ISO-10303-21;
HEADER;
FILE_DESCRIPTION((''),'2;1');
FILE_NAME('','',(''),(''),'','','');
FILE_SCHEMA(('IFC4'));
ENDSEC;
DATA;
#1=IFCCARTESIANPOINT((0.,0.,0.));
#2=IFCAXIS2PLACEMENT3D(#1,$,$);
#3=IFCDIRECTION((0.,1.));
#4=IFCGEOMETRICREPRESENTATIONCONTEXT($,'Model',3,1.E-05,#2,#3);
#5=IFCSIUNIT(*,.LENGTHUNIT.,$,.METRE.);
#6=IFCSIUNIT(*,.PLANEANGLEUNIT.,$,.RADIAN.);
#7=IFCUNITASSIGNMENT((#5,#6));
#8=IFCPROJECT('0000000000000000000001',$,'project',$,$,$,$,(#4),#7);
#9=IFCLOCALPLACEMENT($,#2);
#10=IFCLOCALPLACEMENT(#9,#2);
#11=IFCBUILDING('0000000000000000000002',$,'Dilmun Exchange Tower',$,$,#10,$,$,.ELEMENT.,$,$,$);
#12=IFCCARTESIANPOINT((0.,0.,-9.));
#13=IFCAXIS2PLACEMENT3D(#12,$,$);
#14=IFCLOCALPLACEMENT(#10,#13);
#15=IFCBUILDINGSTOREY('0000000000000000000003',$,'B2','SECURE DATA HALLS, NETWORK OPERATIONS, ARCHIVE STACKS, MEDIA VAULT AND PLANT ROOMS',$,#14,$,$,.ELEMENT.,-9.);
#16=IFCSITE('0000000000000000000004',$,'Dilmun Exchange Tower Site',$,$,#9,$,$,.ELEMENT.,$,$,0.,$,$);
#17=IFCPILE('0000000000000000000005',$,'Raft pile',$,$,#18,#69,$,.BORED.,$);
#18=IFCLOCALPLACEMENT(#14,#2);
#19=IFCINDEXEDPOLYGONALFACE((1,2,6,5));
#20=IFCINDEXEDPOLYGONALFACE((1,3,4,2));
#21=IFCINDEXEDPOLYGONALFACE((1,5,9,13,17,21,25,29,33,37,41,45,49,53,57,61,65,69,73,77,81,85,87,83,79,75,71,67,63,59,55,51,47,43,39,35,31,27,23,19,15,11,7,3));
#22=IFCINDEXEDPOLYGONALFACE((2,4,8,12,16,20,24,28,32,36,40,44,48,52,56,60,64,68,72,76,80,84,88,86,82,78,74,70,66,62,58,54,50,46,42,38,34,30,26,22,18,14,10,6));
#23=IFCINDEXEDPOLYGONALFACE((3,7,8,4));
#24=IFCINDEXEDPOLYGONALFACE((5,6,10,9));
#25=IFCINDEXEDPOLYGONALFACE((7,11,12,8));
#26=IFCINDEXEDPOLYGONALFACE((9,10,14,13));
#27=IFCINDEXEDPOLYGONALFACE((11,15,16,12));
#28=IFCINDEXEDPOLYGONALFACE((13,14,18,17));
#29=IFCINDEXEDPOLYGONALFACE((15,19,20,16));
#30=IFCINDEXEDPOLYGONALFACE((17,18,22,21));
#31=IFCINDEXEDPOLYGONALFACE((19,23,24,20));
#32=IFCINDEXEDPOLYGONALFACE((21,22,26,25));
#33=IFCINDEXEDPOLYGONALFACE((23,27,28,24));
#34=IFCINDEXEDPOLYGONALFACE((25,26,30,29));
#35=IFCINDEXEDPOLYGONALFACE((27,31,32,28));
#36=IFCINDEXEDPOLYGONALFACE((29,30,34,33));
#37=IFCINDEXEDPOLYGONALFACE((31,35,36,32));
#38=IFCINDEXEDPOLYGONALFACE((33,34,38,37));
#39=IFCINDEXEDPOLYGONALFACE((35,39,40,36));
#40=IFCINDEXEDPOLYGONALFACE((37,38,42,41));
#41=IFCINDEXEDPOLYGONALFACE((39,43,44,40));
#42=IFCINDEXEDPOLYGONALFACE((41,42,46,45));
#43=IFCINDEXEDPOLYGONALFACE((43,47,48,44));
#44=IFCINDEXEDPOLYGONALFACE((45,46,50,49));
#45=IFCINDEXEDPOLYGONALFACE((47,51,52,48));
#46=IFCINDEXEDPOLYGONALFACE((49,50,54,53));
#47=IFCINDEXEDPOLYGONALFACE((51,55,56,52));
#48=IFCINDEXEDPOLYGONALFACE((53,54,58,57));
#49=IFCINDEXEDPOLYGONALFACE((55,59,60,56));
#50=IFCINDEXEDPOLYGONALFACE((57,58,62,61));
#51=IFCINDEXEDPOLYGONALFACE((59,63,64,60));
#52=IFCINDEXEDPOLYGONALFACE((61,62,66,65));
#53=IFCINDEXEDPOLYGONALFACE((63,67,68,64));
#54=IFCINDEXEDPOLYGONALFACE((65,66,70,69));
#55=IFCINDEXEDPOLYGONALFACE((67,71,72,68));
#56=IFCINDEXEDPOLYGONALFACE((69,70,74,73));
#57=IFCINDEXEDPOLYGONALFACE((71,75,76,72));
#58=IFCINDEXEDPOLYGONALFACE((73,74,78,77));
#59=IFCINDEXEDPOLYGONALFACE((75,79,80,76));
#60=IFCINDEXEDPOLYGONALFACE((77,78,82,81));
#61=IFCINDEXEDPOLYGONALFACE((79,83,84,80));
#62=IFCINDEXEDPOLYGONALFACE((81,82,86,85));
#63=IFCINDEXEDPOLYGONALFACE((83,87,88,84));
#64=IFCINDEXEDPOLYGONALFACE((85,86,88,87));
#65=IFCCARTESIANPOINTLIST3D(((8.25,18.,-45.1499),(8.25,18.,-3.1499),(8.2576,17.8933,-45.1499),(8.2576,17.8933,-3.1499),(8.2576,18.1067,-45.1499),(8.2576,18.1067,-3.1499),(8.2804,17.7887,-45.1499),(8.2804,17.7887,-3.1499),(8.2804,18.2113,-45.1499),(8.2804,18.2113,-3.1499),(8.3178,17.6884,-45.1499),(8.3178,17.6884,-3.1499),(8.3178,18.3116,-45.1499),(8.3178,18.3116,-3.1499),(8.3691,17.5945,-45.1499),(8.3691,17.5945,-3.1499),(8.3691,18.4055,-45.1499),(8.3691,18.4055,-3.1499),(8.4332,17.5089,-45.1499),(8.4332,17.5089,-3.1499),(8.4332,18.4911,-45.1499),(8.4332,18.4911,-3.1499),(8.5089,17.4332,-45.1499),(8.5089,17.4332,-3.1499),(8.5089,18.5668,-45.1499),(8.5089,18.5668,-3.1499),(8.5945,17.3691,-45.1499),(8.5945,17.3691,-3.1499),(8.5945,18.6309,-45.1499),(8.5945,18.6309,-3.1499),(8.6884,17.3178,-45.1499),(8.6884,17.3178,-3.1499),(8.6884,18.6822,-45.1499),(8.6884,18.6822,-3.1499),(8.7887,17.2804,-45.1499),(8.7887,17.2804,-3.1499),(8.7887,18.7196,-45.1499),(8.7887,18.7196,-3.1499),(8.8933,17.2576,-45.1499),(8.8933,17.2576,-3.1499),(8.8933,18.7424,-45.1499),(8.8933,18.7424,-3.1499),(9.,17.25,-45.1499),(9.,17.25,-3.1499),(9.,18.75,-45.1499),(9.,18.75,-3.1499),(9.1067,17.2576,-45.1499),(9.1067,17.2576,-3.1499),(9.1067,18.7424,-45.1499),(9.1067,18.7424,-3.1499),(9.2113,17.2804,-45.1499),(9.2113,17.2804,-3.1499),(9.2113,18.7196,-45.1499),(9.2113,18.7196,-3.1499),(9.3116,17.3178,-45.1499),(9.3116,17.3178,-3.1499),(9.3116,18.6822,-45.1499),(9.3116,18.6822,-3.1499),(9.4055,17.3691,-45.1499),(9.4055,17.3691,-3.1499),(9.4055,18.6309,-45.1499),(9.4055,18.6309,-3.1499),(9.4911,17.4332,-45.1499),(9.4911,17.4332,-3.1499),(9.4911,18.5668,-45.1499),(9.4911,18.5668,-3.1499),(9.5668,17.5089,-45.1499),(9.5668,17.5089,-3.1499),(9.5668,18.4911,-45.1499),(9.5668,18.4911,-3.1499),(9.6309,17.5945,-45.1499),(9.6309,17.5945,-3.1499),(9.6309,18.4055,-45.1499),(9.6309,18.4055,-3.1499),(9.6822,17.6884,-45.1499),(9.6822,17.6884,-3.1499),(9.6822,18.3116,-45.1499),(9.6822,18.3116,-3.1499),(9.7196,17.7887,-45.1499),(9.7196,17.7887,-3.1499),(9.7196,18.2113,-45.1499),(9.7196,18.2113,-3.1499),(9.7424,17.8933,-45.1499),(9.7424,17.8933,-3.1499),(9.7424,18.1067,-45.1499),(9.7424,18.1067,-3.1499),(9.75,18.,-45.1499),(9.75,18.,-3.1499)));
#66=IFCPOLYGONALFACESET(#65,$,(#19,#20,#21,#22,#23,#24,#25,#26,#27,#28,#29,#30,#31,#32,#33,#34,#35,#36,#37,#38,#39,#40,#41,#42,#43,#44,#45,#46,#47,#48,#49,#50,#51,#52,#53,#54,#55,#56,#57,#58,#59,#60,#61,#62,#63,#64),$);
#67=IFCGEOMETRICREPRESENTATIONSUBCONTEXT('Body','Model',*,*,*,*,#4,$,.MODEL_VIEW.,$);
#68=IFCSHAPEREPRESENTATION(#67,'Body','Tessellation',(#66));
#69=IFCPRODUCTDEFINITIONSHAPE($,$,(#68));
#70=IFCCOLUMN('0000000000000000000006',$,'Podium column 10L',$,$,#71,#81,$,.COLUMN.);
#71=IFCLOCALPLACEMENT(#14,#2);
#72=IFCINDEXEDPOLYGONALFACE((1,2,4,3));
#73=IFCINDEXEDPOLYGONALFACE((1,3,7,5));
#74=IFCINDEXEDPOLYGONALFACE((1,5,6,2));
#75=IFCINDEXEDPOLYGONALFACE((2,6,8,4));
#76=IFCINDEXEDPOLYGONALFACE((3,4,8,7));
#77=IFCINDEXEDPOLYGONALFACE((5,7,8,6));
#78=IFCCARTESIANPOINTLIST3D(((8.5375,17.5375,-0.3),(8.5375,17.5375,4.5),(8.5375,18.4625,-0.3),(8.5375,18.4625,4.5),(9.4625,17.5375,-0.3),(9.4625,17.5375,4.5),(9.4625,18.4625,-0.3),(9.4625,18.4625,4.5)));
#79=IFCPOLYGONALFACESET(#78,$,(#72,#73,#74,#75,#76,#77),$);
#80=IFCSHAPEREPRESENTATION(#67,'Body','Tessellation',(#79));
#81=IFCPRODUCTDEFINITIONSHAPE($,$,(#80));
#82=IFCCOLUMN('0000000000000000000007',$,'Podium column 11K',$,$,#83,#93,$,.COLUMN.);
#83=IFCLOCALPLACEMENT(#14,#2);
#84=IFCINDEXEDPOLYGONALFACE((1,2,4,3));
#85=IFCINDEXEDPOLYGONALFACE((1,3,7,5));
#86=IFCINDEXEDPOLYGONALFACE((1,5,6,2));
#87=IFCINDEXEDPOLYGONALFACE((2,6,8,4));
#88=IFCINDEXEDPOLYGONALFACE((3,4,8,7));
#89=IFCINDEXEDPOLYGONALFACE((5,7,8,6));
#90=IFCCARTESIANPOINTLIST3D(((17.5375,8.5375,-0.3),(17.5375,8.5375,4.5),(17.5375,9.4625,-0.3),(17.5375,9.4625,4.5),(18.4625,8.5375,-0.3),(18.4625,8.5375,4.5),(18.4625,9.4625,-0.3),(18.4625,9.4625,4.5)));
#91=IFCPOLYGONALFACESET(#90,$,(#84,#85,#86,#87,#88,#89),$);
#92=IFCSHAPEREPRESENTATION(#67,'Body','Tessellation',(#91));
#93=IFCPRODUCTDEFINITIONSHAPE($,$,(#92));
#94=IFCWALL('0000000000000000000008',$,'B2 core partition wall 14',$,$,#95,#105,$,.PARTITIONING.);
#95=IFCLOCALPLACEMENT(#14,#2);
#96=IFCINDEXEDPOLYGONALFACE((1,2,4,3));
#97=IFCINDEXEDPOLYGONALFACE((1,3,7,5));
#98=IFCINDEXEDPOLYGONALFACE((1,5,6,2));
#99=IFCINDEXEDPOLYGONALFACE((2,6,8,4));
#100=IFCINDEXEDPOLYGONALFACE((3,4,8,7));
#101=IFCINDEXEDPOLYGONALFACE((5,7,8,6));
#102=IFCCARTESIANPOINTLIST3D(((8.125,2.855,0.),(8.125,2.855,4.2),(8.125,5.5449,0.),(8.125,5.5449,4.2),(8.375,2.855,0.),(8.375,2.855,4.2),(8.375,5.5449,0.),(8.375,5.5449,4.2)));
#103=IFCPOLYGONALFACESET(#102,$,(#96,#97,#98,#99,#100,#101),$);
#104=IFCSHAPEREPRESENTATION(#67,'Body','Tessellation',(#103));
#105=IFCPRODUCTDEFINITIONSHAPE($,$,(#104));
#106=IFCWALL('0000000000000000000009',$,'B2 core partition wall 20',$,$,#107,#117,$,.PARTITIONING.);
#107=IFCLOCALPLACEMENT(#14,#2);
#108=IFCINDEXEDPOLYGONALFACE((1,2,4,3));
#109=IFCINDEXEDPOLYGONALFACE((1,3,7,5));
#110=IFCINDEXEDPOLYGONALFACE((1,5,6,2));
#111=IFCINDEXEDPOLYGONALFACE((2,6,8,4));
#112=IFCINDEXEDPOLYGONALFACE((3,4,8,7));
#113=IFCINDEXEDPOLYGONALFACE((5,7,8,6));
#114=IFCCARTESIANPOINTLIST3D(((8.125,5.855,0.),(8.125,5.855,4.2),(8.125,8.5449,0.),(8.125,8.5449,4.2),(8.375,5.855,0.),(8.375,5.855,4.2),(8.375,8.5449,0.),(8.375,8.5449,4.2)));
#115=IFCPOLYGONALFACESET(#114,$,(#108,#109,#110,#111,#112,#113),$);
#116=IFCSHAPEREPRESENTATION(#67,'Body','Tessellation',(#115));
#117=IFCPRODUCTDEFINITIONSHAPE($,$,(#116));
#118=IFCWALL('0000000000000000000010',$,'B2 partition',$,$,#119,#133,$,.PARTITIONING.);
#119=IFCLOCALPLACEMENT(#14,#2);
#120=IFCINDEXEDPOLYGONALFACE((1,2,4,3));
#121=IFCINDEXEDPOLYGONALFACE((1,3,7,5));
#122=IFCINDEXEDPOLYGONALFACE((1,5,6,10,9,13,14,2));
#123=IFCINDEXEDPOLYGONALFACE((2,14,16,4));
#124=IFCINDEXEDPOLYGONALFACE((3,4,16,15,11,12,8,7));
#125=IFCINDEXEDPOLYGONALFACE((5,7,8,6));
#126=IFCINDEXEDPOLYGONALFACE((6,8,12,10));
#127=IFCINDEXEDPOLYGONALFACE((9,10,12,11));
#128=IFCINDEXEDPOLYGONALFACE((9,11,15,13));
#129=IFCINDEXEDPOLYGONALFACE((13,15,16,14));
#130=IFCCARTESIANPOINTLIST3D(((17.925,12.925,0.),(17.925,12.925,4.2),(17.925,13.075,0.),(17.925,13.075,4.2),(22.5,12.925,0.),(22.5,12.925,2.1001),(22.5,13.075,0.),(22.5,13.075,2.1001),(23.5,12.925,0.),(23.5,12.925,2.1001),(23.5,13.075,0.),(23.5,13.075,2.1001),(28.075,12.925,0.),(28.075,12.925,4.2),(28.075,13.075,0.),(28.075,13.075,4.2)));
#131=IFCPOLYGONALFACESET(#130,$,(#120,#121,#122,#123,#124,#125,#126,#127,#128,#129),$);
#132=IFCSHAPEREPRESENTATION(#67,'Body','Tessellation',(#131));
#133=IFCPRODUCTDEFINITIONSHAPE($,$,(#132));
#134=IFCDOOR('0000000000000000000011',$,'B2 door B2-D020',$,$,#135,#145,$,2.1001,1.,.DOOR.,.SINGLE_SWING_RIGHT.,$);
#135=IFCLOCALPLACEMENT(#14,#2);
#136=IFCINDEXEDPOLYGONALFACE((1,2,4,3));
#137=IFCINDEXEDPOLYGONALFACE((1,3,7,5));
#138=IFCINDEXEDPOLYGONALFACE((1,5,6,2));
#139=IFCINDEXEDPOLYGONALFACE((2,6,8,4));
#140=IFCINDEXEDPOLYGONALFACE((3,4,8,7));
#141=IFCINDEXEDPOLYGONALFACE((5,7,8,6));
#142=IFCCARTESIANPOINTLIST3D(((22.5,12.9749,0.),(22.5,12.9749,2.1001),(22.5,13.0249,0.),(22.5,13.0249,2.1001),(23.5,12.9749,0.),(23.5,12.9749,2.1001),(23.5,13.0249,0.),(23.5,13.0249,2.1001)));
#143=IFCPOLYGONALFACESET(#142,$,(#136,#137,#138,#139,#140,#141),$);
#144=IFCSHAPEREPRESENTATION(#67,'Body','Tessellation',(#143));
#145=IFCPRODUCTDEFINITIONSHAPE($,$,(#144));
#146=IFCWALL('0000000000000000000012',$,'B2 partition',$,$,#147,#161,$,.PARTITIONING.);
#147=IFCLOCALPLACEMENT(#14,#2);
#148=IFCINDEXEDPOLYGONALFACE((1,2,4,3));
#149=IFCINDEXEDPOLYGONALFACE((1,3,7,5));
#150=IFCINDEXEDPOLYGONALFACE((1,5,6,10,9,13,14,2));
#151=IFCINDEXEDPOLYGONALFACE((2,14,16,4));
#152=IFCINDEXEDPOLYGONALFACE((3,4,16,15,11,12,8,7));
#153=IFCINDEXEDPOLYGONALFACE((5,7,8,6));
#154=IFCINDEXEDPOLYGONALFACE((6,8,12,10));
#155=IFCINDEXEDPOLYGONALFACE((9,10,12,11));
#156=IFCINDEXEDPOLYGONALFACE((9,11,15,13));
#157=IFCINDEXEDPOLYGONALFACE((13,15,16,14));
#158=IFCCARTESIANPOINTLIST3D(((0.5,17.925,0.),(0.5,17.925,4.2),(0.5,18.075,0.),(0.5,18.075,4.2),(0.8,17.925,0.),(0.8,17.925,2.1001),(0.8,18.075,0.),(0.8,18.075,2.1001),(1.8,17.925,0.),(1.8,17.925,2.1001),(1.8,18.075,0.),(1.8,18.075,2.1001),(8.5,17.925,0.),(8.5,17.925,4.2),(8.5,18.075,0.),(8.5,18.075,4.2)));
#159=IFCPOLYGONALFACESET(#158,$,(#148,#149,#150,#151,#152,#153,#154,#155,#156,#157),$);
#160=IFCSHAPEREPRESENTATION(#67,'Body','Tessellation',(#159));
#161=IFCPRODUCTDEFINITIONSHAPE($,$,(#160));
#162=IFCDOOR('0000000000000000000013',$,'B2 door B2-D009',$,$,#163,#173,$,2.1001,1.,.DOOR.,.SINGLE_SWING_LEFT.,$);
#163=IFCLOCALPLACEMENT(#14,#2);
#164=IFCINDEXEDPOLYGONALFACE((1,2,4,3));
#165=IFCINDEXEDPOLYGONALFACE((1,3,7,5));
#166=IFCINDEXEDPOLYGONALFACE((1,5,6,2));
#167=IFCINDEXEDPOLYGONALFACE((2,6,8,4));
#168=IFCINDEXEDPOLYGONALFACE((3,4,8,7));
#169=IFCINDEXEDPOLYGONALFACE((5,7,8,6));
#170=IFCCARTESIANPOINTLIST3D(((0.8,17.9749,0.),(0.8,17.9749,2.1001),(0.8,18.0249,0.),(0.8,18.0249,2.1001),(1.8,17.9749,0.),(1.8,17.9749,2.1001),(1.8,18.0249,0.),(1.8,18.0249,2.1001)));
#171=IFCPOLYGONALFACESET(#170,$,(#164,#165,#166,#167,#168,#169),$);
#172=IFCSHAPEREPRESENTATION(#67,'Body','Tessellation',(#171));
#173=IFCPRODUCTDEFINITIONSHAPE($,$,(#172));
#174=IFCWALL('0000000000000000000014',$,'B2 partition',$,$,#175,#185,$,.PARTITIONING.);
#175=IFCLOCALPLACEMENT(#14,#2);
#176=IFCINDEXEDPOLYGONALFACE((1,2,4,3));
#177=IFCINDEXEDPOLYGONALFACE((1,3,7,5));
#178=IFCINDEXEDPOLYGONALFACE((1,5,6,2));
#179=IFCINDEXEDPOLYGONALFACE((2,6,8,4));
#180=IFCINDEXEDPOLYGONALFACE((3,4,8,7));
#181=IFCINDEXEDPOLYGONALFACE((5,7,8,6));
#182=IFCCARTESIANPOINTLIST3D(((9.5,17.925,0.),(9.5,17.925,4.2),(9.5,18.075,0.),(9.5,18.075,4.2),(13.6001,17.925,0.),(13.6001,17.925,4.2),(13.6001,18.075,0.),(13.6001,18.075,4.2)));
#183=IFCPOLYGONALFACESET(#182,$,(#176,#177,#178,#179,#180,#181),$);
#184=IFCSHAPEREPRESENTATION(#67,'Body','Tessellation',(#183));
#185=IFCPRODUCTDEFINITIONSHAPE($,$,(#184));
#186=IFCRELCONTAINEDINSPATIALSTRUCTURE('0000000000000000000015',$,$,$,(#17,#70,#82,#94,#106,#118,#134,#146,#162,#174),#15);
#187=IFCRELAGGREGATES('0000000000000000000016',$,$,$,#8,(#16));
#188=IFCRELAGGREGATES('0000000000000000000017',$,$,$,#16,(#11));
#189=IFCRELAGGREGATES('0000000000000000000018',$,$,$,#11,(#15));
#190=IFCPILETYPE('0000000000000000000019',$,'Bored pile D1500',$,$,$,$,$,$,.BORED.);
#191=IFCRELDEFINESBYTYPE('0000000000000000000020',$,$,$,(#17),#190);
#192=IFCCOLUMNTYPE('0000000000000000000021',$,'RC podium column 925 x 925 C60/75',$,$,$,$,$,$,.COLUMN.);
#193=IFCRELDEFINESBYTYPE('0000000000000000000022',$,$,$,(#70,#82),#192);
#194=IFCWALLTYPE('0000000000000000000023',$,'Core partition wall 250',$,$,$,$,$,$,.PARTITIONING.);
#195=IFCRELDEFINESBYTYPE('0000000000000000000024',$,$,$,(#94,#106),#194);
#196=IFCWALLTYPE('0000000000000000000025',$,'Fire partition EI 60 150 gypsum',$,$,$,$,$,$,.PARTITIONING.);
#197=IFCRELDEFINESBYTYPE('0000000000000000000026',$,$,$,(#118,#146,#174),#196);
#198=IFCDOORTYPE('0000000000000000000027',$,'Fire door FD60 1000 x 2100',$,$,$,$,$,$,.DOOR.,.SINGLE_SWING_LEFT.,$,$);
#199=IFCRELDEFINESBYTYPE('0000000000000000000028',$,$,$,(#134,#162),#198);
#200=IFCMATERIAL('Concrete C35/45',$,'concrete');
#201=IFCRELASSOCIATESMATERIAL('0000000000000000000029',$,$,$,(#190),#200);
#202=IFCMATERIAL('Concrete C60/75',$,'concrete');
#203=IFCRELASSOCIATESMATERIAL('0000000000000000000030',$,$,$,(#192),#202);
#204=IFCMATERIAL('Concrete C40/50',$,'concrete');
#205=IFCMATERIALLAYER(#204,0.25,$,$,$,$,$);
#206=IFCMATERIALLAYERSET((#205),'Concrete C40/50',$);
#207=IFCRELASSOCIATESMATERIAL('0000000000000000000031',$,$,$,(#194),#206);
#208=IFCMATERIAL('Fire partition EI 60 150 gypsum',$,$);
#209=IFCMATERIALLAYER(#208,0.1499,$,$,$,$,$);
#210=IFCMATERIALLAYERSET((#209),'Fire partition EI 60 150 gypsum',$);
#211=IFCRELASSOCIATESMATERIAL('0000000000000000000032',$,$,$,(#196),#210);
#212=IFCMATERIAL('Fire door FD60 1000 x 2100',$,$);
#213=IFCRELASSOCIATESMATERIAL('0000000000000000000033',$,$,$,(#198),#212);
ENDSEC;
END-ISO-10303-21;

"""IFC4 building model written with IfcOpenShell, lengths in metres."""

from ifc_helpers import new_model, si_unit, direction, frame, frame_2d, origin, origin_2d, place, context, subcontext, project, spatial, rectangle, circle, extrude, material, layer, layer_set, material_profile, profile_set, type_object, element, fill, save


model = new_model("IFC4")

# Units and contexts
model_context = context("Model", 3, precision=1e-05, world=origin(), true_north=direction((0.0, 1.0)))
body_context = subcontext(model_context, "Body", "Model", "MODEL_VIEW")
ifc_project = project(units=[si_unit("LENGTHUNIT", "METRE"), si_unit("PLANEANGLEUNIT", "RADIAN")], contexts=[model_context])

# Site, building, storey
site_placement = place(None, origin())
site = spatial("IfcSite", under=ifc_project, at=site_placement, Name="Dilmun Exchange Tower Site", CompositionType="ELEMENT", RefElevation=0.0)
building_placement = place(site_placement, origin())
building = spatial("IfcBuilding", under=site, at=building_placement, Name="Dilmun Exchange Tower", CompositionType="ELEMENT")
storey_placement = place(building_placement, frame((0.0, 0.0, -9.0)))
storey = spatial("IfcBuildingStorey", under=building, at=storey_placement, Name="B2", Description="SECURE DATA HALLS, NETWORK OPERATIONS, ARCHIVE STACKS, MEDIA VAULT AND PLANT ROOMS", CompositionType="ELEMENT", Elevation=-9.0)

# Pile
ifc_material_1 = material(Name="Concrete C35/45", Category="concrete")
ifc_material_profile_1 = material_profile(ifc_material_1, circle(Radius=0.75, at=origin_2d()), Name="D1500")
ifc_profile_set_1 = profile_set([ifc_material_profile_1], Name="Concrete C35/45")
pile_type = type_object("IfcPileType", Name="Bored pile D1500", PredefinedType="BORED", material=ifc_profile_set_1)
for number, where, z_axis, x_axis, name in (
    (1, (9.0, 18.0, -3.1499), (0.0, 0.0, -1.0), (1.0, 0.0, 0.0), "Raft pile"),
):
    element("IfcPile", number, at=place(storey_placement, frame(where, z_axis=z_axis, x_axis=x_axis)), inside=storey, type_object=pile_type, Name=name, PredefinedType="BORED", context=body_context, shape_type="SweptSolid", body=[
        extrude(circle(Radius=0.75, at=origin_2d()), origin(), (0.0, 0.0, 1.0), 42.0),
    ])

# Columns
ifc_material_2 = material(Name="Concrete C60/75", Category="concrete")
ifc_material_profile_2 = material_profile(ifc_material_2, rectangle(XDim=0.925, YDim=0.925, at=origin_2d()), Name="925 x 925")
ifc_profile_set_2 = profile_set([ifc_material_profile_2], Name="Concrete C60/75")
column_type = type_object("IfcColumnType", Name="RC podium column 925 x 925 C60/75", PredefinedType="COLUMN", material=ifc_profile_set_2)
for number, where, z_axis, x_axis, name in (
    (2, (9.0, 18.0, -0.3), (0.0, 0.0, 1.0), (1.0, 0.0, 0.0), "Podium column 10L"),
    (3, (18.0, 9.0, -0.3), (0.0, 0.0, 1.0), (1.0, 0.0, 0.0), "Podium column 11K"),
):
    element("IfcColumn", number, at=place(storey_placement, frame(where, z_axis=z_axis, x_axis=x_axis)), inside=storey, type_object=column_type, Name=name, PredefinedType="COLUMN", context=body_context, shape_type="SweptSolid", body=[
        extrude(rectangle(XDim=0.925, YDim=0.925, at=origin_2d()), origin(), (0.0, 0.0, 1.0), 4.8),
    ])

# Walls
ifc_material_3 = material(Name="Concrete C40/50", Category="concrete")
ifc_layer_1 = layer(ifc_material_3, 0.25)
ifc_layer_set_1 = layer_set([ifc_layer_1], Name="Concrete C40/50")
wall_type_1 = type_object("IfcWallType", Name="Core partition wall 250", PredefinedType="PARTITIONING", material=ifc_layer_set_1)
for number, where, z_axis, x_axis, name in (
    (4, (8.25, 2.855, 0.0), (0.0, 0.0, 1.0), (0.0, 1.0, 0.0), "B2 core partition wall 14"),
    (5, (8.25, 5.855, 0.0), (0.0, 0.0, 1.0), (0.0, 1.0, 0.0), "B2 core partition wall 20"),
):
    element("IfcWall", number, at=place(storey_placement, frame(where, z_axis=z_axis, x_axis=x_axis)), inside=storey, type_object=wall_type_1, Name=name, PredefinedType="PARTITIONING", context=body_context, shape_type="SweptSolid", body=[
        extrude(rectangle(XDim=2.6899, YDim=0.25, at=frame_2d((1.345, 0.0))), origin(), (0.0, 0.0, 1.0), 4.2),
    ])

# Walls, openings, doors
ifc_material_4 = material(Name="Fire partition EI 60 150 gypsum")
ifc_layer_2 = layer(ifc_material_4, 0.1499)
ifc_layer_set_2 = layer_set([ifc_layer_2], Name="Fire partition EI 60 150 gypsum")
wall_type_2 = type_object("IfcWallType", Name="Fire partition EI 60 150 gypsum", PredefinedType="PARTITIONING", material=ifc_layer_set_2)
wall_1_placement = place(storey_placement, frame((17.925, 13.0, 0.0), z_axis=(0.0, 0.0, 1.0), x_axis=(1.0, 0.0, 0.0)))
wall_1 = element("IfcWall", 6, at=wall_1_placement, inside=storey, type_object=wall_type_2, Name="B2 partition", PredefinedType="PARTITIONING", context=body_context, shape_type="SweptSolid", body=[
    extrude(rectangle(XDim=10.1499, YDim=0.1499, at=frame_2d((5.075, 0.0))), origin(), (0.0, 0.0, 1.0), 4.2),
])
opening_1_placement = place(wall_1_placement, frame((4.575, 0.0, 0.0)))
opening_1 = element("IfcOpeningElement", 7, at=opening_1_placement, cuts=wall_1, PredefinedType="OPENING", context=body_context, shape_type="SweptSolid", body=[
    extrude(rectangle(XDim=1.0, YDim=2.1001, at=frame_2d((0.5, 1.05))), frame((0.0, 0.085, 0.0), z_axis=(0.0, -1.0, 0.0), x_axis=(1.0, 0.0, 0.0)), (0.0, 0.0, 1.0), 0.1699),
])
ifc_material_5 = material(Name="Fire door FD60 1000 x 2100")
door_type_1 = type_object("IfcDoorType", Name="Fire door FD60 1000 x 2100", OperationType="SINGLE_SWING_LEFT", PredefinedType="DOOR", material=ifc_material_5)
door_1_placement = place(opening_1_placement, origin())
door_1 = element("IfcDoor", 8, at=door_1_placement, inside=storey, type_object=door_type_1, Name="B2 door B2-D020", OperationType="SINGLE_SWING_RIGHT", OverallHeight=2.1001, OverallWidth=1.0, PredefinedType="DOOR", context=body_context, shape_type="SweptSolid", body=[
    extrude(rectangle(XDim=1.0, YDim=2.1001, at=frame_2d((0.5, 1.05))), frame((0.0, 0.0249, 0.0), z_axis=(0.0, -1.0, 0.0), x_axis=(1.0, 0.0, 0.0)), (0.0, 0.0, 1.0), 0.05),
])
fill(opening_1, door_1)
wall_2_placement = place(storey_placement, frame((0.5, 18.0, 0.0), z_axis=(0.0, 0.0, 1.0), x_axis=(1.0, 0.0, 0.0)))
wall_2 = element("IfcWall", 9, at=wall_2_placement, inside=storey, type_object=wall_type_2, Name="B2 partition", PredefinedType="PARTITIONING", context=body_context, shape_type="SweptSolid", body=[
    extrude(rectangle(XDim=8.0, YDim=0.1499, at=frame_2d((4.0, 0.0))), origin(), (0.0, 0.0, 1.0), 4.2),
])
opening_2_placement = place(wall_2_placement, frame((0.3, 0.0, 0.0)))
opening_2 = element("IfcOpeningElement", 10, at=opening_2_placement, cuts=wall_2, PredefinedType="OPENING", context=body_context, shape_type="SweptSolid", body=[
    extrude(rectangle(XDim=1.0, YDim=2.1001, at=frame_2d((0.5, 1.05))), frame((0.0, 0.085, 0.0), z_axis=(0.0, -1.0, 0.0), x_axis=(1.0, 0.0, 0.0)), (0.0, 0.0, 1.0), 0.1699),
])
door_2_placement = place(opening_2_placement, origin())
door_2 = element("IfcDoor", 11, at=door_2_placement, inside=storey, type_object=door_type_1, Name="B2 door B2-D009", OperationType="SINGLE_SWING_LEFT", OverallHeight=2.1001, OverallWidth=1.0, PredefinedType="DOOR", context=body_context, shape_type="SweptSolid", body=[
    extrude(rectangle(XDim=1.0, YDim=2.1001, at=frame_2d((0.5, 1.05))), frame((0.0, 0.0249, 0.0), z_axis=(0.0, -1.0, 0.0), x_axis=(1.0, 0.0, 0.0)), (0.0, 0.0, 1.0), 0.05),
])
fill(opening_2, door_2)

# Wall
wall_3_placement = place(storey_placement, frame((9.5, 18.0, 0.0), z_axis=(0.0, 0.0, 1.0), x_axis=(1.0, 0.0, 0.0)))
element("IfcWall", 12, at=wall_3_placement, inside=storey, type_object=wall_type_2, Name="B2 partition", PredefinedType="PARTITIONING", context=body_context, shape_type="SweptSolid", body=[
    extrude(rectangle(XDim=4.1001, YDim=0.1499, at=frame_2d((2.05, 0.0))), origin(), (0.0, 0.0, 1.0), 4.2),
])

save(model, "model.ifc")
